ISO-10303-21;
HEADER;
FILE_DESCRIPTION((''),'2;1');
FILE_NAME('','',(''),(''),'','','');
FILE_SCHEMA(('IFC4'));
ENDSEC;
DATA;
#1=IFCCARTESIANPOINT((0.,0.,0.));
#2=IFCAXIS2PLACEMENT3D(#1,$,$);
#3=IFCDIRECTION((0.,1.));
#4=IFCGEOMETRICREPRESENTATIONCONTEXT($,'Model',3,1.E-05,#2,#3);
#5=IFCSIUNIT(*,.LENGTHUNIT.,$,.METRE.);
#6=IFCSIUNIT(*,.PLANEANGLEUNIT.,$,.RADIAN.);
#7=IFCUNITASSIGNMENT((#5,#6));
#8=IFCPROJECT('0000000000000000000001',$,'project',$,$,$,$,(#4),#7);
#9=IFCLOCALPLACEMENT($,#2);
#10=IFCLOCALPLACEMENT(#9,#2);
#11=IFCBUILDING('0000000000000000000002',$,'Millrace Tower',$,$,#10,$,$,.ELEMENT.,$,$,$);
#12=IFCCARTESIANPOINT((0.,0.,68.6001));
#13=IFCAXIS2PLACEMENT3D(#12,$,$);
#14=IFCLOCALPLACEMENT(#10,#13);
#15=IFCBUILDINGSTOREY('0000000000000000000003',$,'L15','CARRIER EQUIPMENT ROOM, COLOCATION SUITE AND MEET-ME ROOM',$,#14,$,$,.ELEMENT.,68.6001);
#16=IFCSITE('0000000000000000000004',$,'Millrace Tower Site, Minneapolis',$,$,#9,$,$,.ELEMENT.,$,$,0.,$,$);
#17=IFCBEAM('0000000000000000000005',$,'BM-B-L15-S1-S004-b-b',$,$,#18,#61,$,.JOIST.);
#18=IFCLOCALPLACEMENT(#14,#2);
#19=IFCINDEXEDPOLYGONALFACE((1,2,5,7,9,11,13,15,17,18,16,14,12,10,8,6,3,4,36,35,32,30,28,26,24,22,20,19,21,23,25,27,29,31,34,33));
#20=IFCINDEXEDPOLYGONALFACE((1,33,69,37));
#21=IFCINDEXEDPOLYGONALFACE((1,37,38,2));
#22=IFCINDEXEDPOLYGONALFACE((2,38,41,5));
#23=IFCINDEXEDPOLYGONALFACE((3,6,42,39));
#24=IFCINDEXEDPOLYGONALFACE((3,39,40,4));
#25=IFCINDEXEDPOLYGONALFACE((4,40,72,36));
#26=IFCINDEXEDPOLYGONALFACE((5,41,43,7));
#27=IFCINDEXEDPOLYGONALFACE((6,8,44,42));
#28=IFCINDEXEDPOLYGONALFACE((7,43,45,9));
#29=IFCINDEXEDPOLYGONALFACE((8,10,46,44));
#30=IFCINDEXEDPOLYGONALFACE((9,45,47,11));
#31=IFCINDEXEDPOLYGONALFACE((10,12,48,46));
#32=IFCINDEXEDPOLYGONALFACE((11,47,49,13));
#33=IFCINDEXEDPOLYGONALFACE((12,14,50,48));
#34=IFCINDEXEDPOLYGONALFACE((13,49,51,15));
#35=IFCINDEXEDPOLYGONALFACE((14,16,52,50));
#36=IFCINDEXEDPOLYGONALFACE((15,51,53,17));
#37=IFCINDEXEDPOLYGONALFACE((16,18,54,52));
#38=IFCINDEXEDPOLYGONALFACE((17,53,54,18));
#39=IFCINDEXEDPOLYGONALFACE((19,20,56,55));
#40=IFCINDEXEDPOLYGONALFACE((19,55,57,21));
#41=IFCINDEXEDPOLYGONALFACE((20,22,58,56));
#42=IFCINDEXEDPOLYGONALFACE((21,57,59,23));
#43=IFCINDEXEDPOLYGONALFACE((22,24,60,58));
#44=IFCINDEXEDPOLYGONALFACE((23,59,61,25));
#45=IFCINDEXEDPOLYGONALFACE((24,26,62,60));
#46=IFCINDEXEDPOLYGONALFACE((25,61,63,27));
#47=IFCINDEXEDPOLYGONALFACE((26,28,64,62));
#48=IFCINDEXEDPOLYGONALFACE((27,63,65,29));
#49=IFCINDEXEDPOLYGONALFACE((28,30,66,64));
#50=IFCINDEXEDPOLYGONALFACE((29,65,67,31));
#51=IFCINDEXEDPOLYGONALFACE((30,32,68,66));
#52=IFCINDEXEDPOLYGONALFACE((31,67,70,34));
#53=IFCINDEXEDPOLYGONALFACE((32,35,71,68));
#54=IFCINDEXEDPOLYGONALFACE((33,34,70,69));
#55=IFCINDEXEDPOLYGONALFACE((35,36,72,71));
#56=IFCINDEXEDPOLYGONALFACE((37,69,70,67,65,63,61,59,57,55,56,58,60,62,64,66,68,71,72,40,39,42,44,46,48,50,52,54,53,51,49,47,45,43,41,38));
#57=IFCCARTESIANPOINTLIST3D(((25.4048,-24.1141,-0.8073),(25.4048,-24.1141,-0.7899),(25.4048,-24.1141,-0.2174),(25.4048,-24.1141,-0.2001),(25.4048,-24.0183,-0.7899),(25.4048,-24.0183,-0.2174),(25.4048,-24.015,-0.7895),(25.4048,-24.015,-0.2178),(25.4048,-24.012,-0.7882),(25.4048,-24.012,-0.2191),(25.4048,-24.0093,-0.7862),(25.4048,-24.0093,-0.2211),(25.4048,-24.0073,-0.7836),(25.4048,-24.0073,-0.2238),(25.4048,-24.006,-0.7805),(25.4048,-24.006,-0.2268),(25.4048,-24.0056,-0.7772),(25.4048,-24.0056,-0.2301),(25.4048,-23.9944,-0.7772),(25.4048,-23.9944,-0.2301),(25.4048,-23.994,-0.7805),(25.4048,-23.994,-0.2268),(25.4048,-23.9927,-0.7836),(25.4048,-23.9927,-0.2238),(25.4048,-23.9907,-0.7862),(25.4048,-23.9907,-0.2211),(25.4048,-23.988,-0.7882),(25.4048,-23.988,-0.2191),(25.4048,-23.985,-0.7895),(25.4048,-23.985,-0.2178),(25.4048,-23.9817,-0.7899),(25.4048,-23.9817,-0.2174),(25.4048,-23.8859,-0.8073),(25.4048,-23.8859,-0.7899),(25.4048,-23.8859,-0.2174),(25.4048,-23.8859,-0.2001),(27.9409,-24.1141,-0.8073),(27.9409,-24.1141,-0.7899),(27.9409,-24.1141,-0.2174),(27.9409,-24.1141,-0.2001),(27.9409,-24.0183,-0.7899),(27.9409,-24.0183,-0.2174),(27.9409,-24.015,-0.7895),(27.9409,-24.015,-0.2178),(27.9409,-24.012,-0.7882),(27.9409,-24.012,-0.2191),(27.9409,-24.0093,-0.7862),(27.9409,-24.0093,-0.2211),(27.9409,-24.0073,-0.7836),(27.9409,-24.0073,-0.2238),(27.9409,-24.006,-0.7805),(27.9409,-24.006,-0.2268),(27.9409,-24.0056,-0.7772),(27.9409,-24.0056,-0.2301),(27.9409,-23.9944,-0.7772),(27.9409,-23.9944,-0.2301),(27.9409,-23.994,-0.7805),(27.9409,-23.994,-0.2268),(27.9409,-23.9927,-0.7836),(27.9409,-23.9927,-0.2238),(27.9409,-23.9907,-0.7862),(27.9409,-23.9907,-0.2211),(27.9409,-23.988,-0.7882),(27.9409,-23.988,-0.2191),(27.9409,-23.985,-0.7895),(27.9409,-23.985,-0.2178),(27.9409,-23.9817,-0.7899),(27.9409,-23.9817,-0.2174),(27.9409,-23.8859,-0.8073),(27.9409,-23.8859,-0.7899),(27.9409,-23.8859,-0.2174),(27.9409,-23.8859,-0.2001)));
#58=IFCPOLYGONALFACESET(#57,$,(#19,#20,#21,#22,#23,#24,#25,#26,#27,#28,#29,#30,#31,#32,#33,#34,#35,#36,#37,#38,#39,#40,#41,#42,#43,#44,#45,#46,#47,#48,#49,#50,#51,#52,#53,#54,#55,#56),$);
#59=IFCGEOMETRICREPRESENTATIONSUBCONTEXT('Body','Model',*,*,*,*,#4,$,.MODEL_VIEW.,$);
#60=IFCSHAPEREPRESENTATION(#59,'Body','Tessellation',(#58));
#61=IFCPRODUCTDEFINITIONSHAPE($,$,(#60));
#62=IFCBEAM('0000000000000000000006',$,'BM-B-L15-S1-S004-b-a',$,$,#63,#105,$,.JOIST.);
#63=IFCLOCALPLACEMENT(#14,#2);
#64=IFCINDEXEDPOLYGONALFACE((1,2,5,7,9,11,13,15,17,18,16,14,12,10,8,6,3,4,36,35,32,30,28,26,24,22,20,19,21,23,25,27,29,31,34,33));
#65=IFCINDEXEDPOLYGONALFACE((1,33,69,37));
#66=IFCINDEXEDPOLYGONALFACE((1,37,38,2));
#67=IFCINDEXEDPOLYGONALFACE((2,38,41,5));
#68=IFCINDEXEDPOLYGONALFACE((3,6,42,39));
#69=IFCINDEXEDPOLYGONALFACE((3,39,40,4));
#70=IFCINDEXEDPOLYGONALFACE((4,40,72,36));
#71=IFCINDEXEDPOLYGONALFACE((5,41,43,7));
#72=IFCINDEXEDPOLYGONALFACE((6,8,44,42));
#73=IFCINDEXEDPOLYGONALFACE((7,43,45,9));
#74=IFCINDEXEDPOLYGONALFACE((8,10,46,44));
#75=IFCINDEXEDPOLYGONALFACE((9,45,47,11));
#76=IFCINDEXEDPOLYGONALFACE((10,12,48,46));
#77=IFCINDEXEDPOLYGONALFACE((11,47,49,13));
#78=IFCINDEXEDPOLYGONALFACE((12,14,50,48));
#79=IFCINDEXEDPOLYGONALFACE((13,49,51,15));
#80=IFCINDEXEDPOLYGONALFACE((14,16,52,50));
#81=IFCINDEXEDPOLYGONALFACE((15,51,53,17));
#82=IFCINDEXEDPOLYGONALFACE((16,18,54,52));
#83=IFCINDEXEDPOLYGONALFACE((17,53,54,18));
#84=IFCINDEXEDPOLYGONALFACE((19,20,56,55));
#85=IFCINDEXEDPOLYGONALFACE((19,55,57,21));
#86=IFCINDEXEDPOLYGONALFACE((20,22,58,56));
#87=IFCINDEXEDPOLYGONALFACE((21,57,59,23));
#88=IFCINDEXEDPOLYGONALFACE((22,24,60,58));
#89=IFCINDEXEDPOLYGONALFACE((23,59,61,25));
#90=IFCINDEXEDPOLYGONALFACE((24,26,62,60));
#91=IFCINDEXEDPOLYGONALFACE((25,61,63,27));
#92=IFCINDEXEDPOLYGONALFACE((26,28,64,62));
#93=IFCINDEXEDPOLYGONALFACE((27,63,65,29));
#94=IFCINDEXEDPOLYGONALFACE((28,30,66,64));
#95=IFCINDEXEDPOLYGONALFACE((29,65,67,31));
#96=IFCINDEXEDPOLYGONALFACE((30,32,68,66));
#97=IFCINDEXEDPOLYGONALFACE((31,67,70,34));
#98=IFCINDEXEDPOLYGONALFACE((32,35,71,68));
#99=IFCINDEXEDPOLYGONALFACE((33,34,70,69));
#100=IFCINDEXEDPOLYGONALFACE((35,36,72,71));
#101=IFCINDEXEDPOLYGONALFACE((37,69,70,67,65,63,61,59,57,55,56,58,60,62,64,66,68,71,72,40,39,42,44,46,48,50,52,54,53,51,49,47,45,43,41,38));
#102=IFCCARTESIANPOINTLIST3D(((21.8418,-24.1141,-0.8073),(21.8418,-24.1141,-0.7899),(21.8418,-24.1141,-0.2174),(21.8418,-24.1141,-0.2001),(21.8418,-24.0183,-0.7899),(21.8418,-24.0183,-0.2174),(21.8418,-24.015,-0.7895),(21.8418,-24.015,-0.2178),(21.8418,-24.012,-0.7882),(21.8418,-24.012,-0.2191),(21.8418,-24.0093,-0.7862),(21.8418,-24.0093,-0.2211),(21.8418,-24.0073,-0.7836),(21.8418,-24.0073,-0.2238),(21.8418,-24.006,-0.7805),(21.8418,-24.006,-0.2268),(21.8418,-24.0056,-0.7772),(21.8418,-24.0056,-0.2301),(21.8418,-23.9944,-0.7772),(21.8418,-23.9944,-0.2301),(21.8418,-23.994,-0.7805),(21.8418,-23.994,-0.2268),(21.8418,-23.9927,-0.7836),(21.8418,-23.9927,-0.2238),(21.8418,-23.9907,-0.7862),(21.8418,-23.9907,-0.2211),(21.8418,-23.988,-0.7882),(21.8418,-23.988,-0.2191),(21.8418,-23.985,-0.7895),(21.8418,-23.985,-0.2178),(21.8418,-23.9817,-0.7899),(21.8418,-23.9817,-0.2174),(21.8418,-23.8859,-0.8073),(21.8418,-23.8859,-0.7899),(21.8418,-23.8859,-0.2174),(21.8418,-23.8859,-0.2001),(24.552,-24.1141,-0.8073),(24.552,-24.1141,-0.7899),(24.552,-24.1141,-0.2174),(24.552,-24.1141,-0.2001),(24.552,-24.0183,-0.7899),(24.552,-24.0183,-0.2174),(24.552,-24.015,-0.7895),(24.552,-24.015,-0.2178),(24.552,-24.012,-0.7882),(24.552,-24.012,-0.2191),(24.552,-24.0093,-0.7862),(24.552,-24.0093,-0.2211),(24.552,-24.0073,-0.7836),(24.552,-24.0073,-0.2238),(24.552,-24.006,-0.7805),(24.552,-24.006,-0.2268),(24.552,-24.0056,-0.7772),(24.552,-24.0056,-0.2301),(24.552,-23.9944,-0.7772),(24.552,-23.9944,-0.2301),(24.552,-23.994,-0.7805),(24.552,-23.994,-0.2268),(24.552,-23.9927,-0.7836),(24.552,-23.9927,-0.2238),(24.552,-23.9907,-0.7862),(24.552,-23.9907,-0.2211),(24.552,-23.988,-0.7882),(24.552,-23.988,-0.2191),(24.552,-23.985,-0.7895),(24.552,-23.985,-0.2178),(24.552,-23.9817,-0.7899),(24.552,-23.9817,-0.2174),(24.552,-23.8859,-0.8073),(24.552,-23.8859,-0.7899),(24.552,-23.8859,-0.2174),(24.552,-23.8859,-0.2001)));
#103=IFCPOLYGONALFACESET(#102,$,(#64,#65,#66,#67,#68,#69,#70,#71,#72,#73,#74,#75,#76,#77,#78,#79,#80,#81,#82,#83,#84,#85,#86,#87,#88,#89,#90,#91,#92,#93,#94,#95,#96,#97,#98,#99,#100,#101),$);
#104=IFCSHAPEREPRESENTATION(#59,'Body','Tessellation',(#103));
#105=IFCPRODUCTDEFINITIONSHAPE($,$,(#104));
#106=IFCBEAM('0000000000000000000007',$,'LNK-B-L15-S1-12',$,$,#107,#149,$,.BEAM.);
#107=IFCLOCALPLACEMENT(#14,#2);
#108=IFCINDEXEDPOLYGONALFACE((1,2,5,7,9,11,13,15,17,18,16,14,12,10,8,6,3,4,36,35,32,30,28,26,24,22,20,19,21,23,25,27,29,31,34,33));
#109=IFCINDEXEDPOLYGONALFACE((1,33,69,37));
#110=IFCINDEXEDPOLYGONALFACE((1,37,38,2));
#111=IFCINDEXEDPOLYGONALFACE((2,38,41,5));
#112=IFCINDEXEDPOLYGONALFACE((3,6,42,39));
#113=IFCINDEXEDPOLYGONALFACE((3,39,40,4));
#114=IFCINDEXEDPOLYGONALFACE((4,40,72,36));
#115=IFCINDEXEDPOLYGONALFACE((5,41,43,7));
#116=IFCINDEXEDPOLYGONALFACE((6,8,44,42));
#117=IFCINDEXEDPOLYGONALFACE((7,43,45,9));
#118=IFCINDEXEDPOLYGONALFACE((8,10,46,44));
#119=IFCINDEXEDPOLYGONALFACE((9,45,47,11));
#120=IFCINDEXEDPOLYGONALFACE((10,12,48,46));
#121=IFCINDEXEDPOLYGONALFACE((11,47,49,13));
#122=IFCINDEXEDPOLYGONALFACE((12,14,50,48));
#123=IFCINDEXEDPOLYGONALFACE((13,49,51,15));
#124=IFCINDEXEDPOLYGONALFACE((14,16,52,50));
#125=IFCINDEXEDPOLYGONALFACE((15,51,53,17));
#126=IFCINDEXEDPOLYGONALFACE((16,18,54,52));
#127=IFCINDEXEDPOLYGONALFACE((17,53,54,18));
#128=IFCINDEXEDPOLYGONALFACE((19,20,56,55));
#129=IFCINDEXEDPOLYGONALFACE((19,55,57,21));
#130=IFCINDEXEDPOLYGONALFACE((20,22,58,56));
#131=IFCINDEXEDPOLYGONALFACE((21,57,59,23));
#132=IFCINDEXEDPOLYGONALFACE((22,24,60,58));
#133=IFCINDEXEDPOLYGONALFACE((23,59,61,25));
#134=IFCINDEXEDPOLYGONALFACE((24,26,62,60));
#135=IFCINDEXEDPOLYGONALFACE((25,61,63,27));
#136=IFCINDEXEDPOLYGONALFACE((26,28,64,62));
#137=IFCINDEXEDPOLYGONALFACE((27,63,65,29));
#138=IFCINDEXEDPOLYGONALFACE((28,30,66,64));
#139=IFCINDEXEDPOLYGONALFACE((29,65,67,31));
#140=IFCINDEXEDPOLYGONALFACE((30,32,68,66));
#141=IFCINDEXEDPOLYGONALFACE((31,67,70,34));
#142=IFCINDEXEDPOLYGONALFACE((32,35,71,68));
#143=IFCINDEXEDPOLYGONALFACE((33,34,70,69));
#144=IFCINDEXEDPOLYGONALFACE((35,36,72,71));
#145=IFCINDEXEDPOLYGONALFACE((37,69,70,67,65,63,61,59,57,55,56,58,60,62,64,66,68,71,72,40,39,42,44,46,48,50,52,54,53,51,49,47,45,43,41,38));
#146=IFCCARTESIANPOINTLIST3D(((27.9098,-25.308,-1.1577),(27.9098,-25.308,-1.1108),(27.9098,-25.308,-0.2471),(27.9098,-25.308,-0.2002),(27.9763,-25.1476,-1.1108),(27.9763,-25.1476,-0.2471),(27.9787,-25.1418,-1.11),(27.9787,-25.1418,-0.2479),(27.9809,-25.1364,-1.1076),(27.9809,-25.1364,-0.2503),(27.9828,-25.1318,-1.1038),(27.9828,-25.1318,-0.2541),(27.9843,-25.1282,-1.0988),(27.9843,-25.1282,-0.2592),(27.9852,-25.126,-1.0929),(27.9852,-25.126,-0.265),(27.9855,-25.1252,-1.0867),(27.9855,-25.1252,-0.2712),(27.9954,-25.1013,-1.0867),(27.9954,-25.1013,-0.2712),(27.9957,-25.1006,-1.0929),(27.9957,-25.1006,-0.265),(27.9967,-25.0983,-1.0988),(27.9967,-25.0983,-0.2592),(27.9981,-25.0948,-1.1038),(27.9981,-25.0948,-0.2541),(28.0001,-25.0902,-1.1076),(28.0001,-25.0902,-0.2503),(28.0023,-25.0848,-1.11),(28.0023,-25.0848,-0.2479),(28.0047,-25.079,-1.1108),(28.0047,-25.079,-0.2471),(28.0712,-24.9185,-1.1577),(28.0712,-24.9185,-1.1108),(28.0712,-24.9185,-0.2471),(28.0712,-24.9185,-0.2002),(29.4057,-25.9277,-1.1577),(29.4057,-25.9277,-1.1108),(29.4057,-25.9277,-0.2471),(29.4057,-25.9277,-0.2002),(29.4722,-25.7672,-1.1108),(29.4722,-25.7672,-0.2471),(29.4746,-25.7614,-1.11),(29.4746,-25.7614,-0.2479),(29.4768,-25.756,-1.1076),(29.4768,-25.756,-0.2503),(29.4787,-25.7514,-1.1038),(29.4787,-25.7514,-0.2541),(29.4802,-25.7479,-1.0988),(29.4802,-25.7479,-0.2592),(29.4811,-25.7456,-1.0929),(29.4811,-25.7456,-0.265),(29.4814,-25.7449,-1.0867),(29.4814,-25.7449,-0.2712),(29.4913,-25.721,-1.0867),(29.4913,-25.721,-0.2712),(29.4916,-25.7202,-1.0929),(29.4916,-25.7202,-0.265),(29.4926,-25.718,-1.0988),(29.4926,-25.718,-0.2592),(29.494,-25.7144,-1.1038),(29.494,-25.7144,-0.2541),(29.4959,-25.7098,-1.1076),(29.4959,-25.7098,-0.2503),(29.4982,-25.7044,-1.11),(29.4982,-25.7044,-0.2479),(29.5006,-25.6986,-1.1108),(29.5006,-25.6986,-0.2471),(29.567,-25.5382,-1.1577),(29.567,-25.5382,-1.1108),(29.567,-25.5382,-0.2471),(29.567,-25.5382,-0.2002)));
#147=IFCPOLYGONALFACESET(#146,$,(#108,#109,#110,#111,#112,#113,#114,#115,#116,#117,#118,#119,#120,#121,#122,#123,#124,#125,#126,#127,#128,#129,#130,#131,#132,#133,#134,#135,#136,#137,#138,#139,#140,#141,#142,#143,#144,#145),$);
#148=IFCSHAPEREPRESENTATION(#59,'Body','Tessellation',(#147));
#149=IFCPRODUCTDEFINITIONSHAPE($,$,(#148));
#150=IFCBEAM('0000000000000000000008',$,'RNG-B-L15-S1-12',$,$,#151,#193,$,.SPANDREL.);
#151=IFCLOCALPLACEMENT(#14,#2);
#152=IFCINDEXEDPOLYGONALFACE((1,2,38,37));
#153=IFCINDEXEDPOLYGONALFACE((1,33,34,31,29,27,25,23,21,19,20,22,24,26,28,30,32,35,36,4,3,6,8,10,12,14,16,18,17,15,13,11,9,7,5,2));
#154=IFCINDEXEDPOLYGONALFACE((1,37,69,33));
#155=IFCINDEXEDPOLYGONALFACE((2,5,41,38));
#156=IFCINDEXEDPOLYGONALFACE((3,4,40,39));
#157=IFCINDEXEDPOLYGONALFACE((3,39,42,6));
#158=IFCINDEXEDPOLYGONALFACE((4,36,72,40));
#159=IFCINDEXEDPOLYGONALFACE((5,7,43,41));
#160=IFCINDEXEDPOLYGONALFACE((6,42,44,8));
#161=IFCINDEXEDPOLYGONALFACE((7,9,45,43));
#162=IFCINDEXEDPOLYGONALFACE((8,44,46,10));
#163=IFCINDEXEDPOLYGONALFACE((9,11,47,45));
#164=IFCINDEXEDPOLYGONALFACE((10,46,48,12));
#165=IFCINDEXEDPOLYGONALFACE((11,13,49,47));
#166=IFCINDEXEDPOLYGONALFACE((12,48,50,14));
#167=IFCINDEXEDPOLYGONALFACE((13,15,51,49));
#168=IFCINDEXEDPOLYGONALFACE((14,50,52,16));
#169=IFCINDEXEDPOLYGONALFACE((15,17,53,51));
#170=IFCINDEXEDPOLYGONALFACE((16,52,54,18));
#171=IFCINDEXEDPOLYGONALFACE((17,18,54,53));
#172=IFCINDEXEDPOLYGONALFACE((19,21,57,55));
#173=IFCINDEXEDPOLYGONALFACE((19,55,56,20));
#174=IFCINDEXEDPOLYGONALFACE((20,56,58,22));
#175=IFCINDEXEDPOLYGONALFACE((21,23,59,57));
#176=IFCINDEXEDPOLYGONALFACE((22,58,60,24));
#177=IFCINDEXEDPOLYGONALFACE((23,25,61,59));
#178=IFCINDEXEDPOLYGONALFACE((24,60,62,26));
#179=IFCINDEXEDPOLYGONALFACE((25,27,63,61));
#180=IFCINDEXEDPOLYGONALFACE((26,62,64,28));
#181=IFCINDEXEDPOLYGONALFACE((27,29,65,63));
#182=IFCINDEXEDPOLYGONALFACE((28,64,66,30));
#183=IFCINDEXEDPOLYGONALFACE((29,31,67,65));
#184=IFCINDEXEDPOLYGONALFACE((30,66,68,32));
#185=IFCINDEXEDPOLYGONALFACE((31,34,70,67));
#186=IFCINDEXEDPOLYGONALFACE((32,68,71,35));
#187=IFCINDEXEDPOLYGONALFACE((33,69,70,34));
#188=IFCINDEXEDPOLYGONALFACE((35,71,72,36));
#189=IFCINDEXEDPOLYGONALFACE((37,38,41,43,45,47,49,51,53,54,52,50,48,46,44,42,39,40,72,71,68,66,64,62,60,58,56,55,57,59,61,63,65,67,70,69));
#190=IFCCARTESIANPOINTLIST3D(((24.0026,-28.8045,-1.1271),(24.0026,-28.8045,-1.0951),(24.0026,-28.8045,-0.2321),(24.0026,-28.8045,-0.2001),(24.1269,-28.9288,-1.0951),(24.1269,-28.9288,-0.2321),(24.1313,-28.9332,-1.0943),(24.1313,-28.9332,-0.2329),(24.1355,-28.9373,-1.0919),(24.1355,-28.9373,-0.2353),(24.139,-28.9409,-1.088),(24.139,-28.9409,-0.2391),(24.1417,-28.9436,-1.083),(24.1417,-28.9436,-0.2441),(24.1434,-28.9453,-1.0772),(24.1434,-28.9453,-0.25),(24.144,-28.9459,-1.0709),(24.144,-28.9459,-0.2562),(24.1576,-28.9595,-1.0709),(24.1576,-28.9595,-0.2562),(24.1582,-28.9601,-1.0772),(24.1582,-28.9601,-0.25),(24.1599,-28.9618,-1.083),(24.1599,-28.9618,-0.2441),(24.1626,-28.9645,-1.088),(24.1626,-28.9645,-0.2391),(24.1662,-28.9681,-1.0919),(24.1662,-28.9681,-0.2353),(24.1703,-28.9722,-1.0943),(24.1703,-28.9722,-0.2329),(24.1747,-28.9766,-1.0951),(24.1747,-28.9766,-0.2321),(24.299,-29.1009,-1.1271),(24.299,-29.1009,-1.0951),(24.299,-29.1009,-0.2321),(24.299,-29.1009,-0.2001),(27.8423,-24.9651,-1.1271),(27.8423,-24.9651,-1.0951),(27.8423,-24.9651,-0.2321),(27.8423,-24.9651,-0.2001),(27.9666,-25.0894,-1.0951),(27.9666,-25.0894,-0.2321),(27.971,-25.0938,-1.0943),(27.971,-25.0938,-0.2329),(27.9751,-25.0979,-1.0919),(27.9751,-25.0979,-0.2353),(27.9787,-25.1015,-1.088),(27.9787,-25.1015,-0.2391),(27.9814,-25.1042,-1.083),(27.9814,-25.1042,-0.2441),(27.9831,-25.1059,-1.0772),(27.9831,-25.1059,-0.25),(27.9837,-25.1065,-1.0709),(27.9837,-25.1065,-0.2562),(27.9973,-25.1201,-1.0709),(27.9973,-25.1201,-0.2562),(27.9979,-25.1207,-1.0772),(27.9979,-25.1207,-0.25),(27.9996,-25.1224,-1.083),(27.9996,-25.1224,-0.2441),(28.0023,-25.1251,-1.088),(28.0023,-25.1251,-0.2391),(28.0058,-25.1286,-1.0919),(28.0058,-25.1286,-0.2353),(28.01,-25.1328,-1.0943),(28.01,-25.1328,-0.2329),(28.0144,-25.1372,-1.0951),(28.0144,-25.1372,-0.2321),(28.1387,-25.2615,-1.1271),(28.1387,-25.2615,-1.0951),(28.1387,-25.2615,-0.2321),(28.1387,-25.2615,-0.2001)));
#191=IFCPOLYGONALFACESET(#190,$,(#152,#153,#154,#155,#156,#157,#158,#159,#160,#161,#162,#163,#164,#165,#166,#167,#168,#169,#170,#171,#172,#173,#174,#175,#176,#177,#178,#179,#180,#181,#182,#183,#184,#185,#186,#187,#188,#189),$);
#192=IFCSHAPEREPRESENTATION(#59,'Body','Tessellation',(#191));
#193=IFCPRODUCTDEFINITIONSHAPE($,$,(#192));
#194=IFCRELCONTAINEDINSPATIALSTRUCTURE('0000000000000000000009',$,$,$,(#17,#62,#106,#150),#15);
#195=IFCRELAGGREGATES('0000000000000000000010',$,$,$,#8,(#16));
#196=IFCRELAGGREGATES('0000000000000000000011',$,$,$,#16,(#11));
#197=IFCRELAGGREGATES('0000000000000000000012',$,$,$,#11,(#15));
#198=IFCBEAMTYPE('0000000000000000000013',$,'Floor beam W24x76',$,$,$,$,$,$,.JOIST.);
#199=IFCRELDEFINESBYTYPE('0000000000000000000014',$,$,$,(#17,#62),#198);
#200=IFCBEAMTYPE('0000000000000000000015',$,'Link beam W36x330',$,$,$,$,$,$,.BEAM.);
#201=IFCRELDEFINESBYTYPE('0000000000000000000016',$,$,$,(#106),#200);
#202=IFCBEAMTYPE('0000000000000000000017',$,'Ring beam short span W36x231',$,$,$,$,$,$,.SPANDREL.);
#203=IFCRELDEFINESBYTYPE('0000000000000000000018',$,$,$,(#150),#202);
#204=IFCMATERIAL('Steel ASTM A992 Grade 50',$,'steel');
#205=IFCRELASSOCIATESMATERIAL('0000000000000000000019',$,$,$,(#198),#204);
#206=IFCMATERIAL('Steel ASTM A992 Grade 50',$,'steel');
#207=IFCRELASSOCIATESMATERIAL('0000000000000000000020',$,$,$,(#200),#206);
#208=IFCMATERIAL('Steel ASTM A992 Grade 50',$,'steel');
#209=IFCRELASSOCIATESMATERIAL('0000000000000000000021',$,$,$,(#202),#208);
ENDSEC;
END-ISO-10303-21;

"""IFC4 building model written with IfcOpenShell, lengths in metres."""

from ifc_helpers import new_model, si_unit, direction, frame, origin, origin_2d, place, context, subcontext, project, spatial, i_section, extrude, material, material_profile, profile_set, type_object, element, save


model = new_model("IFC4")

# Units and contexts
model_context = context("Model", 3, precision=1e-05, world=origin(), true_north=direction((0.0, 1.0)))
body_context = subcontext(model_context, "Body", "Model", "MODEL_VIEW")
ifc_project = project(units=[si_unit("LENGTHUNIT", "METRE"), si_unit("PLANEANGLEUNIT", "RADIAN")], contexts=[model_context])

# Site, building, storey
site_placement = place(None, origin())
site = spatial("IfcSite", under=ifc_project, at=site_placement, Name="Millrace Tower Site, Minneapolis", CompositionType="ELEMENT", RefElevation=0.0)
building_placement = place(site_placement, origin())
building = spatial("IfcBuilding", under=site, at=building_placement, Name="Millrace Tower", CompositionType="ELEMENT")
storey_placement = place(building_placement, frame((0.0, 0.0, 68.6001)))
storey = spatial("IfcBuildingStorey", under=building, at=storey_placement, Name="L15", Description="CARRIER EQUIPMENT ROOM, COLOCATION SUITE AND MEET-ME ROOM", CompositionType="ELEMENT", Elevation=68.6001)

# Beams
ifc_material_1 = material(Name="Steel ASTM A992 Grade 50", Category="steel")
ifc_material_profile_1 = material_profile(ifc_material_1, i_section(OverallWidth=0.2283, OverallDepth=0.6072, WebThickness=0.0112, FlangeThickness=0.0173, FilletRadius=0.0127, at=origin_2d()))
ifc_profile_set_1 = profile_set([ifc_material_profile_1], Name="Steel ASTM A992 Grade 50")
beam_type_1 = type_object("IfcBeamType", Name="Floor beam W24x76", PredefinedType="JOIST", material=ifc_profile_set_1)
beam_1_placement = place(storey_placement, frame((25.4048, -24.0, -0.5037), z_axis=(1.0, 0.0, 0.0), x_axis=(0.0, 1.0, 0.0)))
element("IfcBeam", 1, at=beam_1_placement, inside=storey, type_object=beam_type_1, Name="BM-B-L15-S1-S004-b-b", PredefinedType="JOIST", context=body_context, shape_type="SweptSolid", body=[
    extrude(i_section(OverallWidth=0.2283, OverallDepth=0.6072, WebThickness=0.0112, FlangeThickness=0.0173, FilletRadius=0.0127, at=origin_2d()), origin(), (0.0, 0.0, 1.0), 2.5361),
])
beam_2_placement = place(storey_placement, frame((21.8418, -24.0, -0.5037), z_axis=(1.0, 0.0, 0.0), x_axis=(0.0, 1.0, 0.0)))
element("IfcBeam", 2, at=beam_2_placement, inside=storey, type_object=beam_type_1, Name="BM-B-L15-S1-S004-b-a", PredefinedType="JOIST", context=body_context, shape_type="SweptSolid", body=[
    extrude(i_section(OverallWidth=0.2283, OverallDepth=0.6072, WebThickness=0.0112, FlangeThickness=0.0173, FilletRadius=0.0127, at=origin_2d()), origin(), (0.0, 0.0, 1.0), 2.7102),
])
ifc_material_2 = material(Name="Steel ASTM A992 Grade 50", Category="steel")
ifc_material_profile_2 = material_profile(ifc_material_2, i_section(OverallWidth=0.4216, OverallDepth=0.9575, WebThickness=0.0259, FlangeThickness=0.0469, FilletRadius=0.0242, at=origin_2d()))
ifc_profile_set_2 = profile_set([ifc_material_profile_2], Name="Steel ASTM A992 Grade 50")
beam_type_2 = type_object("IfcBeamType", Name="Link beam W36x330", PredefinedType="BEAM", material=ifc_profile_set_2)
beam_3_placement = place(storey_placement, frame((27.9905, -25.1133, -0.679), z_axis=(0.923873, -0.382698, 0.0), x_axis=(0.382698, 0.923873, 0.0)))
element("IfcBeam", 3, at=beam_3_placement, inside=storey, type_object=beam_type_2, Name="LNK-B-L15-S1-12", PredefinedType="BEAM", context=body_context, shape_type="SweptSolid", body=[
    extrude(i_section(OverallWidth=0.4216, OverallDepth=0.9575, WebThickness=0.0259, FlangeThickness=0.0469, FilletRadius=0.0242, at=origin_2d()), origin(), (0.0, 0.0, 1.0), 1.6191),
])
ifc_material_3 = material(Name="Steel ASTM A992 Grade 50", Category="steel")
ifc_material_profile_3 = material_profile(ifc_material_3, i_section(OverallWidth=0.4192, OverallDepth=0.927, WebThickness=0.0193, FlangeThickness=0.032, FilletRadius=0.0242, at=origin_2d()))
ifc_profile_set_3 = profile_set([ifc_material_profile_3], Name="Steel ASTM A992 Grade 50")
beam_type_3 = type_object("IfcBeamType", Name="Ring beam short span W36x231", PredefinedType="SPANDREL", material=ifc_profile_set_3)
beam_4_placement = place(storey_placement, frame((27.9905, -25.1133, -0.6636), z_axis=(-0.707129, -0.707084, 0.0), x_axis=(0.707084, -0.707129, 0.0)))
element("IfcBeam", 4, at=beam_4_placement, inside=storey, type_object=beam_type_3, Name="RNG-B-L15-S1-12", PredefinedType="SPANDREL", context=body_context, shape_type="SweptSolid", body=[
    extrude(i_section(OverallWidth=0.4192, OverallDepth=0.927, WebThickness=0.0193, FlangeThickness=0.032, FilletRadius=0.0242, at=origin_2d()), origin(), (0.0, 0.0, 1.0), 5.4299),
])

save(model, "model.ifc")
